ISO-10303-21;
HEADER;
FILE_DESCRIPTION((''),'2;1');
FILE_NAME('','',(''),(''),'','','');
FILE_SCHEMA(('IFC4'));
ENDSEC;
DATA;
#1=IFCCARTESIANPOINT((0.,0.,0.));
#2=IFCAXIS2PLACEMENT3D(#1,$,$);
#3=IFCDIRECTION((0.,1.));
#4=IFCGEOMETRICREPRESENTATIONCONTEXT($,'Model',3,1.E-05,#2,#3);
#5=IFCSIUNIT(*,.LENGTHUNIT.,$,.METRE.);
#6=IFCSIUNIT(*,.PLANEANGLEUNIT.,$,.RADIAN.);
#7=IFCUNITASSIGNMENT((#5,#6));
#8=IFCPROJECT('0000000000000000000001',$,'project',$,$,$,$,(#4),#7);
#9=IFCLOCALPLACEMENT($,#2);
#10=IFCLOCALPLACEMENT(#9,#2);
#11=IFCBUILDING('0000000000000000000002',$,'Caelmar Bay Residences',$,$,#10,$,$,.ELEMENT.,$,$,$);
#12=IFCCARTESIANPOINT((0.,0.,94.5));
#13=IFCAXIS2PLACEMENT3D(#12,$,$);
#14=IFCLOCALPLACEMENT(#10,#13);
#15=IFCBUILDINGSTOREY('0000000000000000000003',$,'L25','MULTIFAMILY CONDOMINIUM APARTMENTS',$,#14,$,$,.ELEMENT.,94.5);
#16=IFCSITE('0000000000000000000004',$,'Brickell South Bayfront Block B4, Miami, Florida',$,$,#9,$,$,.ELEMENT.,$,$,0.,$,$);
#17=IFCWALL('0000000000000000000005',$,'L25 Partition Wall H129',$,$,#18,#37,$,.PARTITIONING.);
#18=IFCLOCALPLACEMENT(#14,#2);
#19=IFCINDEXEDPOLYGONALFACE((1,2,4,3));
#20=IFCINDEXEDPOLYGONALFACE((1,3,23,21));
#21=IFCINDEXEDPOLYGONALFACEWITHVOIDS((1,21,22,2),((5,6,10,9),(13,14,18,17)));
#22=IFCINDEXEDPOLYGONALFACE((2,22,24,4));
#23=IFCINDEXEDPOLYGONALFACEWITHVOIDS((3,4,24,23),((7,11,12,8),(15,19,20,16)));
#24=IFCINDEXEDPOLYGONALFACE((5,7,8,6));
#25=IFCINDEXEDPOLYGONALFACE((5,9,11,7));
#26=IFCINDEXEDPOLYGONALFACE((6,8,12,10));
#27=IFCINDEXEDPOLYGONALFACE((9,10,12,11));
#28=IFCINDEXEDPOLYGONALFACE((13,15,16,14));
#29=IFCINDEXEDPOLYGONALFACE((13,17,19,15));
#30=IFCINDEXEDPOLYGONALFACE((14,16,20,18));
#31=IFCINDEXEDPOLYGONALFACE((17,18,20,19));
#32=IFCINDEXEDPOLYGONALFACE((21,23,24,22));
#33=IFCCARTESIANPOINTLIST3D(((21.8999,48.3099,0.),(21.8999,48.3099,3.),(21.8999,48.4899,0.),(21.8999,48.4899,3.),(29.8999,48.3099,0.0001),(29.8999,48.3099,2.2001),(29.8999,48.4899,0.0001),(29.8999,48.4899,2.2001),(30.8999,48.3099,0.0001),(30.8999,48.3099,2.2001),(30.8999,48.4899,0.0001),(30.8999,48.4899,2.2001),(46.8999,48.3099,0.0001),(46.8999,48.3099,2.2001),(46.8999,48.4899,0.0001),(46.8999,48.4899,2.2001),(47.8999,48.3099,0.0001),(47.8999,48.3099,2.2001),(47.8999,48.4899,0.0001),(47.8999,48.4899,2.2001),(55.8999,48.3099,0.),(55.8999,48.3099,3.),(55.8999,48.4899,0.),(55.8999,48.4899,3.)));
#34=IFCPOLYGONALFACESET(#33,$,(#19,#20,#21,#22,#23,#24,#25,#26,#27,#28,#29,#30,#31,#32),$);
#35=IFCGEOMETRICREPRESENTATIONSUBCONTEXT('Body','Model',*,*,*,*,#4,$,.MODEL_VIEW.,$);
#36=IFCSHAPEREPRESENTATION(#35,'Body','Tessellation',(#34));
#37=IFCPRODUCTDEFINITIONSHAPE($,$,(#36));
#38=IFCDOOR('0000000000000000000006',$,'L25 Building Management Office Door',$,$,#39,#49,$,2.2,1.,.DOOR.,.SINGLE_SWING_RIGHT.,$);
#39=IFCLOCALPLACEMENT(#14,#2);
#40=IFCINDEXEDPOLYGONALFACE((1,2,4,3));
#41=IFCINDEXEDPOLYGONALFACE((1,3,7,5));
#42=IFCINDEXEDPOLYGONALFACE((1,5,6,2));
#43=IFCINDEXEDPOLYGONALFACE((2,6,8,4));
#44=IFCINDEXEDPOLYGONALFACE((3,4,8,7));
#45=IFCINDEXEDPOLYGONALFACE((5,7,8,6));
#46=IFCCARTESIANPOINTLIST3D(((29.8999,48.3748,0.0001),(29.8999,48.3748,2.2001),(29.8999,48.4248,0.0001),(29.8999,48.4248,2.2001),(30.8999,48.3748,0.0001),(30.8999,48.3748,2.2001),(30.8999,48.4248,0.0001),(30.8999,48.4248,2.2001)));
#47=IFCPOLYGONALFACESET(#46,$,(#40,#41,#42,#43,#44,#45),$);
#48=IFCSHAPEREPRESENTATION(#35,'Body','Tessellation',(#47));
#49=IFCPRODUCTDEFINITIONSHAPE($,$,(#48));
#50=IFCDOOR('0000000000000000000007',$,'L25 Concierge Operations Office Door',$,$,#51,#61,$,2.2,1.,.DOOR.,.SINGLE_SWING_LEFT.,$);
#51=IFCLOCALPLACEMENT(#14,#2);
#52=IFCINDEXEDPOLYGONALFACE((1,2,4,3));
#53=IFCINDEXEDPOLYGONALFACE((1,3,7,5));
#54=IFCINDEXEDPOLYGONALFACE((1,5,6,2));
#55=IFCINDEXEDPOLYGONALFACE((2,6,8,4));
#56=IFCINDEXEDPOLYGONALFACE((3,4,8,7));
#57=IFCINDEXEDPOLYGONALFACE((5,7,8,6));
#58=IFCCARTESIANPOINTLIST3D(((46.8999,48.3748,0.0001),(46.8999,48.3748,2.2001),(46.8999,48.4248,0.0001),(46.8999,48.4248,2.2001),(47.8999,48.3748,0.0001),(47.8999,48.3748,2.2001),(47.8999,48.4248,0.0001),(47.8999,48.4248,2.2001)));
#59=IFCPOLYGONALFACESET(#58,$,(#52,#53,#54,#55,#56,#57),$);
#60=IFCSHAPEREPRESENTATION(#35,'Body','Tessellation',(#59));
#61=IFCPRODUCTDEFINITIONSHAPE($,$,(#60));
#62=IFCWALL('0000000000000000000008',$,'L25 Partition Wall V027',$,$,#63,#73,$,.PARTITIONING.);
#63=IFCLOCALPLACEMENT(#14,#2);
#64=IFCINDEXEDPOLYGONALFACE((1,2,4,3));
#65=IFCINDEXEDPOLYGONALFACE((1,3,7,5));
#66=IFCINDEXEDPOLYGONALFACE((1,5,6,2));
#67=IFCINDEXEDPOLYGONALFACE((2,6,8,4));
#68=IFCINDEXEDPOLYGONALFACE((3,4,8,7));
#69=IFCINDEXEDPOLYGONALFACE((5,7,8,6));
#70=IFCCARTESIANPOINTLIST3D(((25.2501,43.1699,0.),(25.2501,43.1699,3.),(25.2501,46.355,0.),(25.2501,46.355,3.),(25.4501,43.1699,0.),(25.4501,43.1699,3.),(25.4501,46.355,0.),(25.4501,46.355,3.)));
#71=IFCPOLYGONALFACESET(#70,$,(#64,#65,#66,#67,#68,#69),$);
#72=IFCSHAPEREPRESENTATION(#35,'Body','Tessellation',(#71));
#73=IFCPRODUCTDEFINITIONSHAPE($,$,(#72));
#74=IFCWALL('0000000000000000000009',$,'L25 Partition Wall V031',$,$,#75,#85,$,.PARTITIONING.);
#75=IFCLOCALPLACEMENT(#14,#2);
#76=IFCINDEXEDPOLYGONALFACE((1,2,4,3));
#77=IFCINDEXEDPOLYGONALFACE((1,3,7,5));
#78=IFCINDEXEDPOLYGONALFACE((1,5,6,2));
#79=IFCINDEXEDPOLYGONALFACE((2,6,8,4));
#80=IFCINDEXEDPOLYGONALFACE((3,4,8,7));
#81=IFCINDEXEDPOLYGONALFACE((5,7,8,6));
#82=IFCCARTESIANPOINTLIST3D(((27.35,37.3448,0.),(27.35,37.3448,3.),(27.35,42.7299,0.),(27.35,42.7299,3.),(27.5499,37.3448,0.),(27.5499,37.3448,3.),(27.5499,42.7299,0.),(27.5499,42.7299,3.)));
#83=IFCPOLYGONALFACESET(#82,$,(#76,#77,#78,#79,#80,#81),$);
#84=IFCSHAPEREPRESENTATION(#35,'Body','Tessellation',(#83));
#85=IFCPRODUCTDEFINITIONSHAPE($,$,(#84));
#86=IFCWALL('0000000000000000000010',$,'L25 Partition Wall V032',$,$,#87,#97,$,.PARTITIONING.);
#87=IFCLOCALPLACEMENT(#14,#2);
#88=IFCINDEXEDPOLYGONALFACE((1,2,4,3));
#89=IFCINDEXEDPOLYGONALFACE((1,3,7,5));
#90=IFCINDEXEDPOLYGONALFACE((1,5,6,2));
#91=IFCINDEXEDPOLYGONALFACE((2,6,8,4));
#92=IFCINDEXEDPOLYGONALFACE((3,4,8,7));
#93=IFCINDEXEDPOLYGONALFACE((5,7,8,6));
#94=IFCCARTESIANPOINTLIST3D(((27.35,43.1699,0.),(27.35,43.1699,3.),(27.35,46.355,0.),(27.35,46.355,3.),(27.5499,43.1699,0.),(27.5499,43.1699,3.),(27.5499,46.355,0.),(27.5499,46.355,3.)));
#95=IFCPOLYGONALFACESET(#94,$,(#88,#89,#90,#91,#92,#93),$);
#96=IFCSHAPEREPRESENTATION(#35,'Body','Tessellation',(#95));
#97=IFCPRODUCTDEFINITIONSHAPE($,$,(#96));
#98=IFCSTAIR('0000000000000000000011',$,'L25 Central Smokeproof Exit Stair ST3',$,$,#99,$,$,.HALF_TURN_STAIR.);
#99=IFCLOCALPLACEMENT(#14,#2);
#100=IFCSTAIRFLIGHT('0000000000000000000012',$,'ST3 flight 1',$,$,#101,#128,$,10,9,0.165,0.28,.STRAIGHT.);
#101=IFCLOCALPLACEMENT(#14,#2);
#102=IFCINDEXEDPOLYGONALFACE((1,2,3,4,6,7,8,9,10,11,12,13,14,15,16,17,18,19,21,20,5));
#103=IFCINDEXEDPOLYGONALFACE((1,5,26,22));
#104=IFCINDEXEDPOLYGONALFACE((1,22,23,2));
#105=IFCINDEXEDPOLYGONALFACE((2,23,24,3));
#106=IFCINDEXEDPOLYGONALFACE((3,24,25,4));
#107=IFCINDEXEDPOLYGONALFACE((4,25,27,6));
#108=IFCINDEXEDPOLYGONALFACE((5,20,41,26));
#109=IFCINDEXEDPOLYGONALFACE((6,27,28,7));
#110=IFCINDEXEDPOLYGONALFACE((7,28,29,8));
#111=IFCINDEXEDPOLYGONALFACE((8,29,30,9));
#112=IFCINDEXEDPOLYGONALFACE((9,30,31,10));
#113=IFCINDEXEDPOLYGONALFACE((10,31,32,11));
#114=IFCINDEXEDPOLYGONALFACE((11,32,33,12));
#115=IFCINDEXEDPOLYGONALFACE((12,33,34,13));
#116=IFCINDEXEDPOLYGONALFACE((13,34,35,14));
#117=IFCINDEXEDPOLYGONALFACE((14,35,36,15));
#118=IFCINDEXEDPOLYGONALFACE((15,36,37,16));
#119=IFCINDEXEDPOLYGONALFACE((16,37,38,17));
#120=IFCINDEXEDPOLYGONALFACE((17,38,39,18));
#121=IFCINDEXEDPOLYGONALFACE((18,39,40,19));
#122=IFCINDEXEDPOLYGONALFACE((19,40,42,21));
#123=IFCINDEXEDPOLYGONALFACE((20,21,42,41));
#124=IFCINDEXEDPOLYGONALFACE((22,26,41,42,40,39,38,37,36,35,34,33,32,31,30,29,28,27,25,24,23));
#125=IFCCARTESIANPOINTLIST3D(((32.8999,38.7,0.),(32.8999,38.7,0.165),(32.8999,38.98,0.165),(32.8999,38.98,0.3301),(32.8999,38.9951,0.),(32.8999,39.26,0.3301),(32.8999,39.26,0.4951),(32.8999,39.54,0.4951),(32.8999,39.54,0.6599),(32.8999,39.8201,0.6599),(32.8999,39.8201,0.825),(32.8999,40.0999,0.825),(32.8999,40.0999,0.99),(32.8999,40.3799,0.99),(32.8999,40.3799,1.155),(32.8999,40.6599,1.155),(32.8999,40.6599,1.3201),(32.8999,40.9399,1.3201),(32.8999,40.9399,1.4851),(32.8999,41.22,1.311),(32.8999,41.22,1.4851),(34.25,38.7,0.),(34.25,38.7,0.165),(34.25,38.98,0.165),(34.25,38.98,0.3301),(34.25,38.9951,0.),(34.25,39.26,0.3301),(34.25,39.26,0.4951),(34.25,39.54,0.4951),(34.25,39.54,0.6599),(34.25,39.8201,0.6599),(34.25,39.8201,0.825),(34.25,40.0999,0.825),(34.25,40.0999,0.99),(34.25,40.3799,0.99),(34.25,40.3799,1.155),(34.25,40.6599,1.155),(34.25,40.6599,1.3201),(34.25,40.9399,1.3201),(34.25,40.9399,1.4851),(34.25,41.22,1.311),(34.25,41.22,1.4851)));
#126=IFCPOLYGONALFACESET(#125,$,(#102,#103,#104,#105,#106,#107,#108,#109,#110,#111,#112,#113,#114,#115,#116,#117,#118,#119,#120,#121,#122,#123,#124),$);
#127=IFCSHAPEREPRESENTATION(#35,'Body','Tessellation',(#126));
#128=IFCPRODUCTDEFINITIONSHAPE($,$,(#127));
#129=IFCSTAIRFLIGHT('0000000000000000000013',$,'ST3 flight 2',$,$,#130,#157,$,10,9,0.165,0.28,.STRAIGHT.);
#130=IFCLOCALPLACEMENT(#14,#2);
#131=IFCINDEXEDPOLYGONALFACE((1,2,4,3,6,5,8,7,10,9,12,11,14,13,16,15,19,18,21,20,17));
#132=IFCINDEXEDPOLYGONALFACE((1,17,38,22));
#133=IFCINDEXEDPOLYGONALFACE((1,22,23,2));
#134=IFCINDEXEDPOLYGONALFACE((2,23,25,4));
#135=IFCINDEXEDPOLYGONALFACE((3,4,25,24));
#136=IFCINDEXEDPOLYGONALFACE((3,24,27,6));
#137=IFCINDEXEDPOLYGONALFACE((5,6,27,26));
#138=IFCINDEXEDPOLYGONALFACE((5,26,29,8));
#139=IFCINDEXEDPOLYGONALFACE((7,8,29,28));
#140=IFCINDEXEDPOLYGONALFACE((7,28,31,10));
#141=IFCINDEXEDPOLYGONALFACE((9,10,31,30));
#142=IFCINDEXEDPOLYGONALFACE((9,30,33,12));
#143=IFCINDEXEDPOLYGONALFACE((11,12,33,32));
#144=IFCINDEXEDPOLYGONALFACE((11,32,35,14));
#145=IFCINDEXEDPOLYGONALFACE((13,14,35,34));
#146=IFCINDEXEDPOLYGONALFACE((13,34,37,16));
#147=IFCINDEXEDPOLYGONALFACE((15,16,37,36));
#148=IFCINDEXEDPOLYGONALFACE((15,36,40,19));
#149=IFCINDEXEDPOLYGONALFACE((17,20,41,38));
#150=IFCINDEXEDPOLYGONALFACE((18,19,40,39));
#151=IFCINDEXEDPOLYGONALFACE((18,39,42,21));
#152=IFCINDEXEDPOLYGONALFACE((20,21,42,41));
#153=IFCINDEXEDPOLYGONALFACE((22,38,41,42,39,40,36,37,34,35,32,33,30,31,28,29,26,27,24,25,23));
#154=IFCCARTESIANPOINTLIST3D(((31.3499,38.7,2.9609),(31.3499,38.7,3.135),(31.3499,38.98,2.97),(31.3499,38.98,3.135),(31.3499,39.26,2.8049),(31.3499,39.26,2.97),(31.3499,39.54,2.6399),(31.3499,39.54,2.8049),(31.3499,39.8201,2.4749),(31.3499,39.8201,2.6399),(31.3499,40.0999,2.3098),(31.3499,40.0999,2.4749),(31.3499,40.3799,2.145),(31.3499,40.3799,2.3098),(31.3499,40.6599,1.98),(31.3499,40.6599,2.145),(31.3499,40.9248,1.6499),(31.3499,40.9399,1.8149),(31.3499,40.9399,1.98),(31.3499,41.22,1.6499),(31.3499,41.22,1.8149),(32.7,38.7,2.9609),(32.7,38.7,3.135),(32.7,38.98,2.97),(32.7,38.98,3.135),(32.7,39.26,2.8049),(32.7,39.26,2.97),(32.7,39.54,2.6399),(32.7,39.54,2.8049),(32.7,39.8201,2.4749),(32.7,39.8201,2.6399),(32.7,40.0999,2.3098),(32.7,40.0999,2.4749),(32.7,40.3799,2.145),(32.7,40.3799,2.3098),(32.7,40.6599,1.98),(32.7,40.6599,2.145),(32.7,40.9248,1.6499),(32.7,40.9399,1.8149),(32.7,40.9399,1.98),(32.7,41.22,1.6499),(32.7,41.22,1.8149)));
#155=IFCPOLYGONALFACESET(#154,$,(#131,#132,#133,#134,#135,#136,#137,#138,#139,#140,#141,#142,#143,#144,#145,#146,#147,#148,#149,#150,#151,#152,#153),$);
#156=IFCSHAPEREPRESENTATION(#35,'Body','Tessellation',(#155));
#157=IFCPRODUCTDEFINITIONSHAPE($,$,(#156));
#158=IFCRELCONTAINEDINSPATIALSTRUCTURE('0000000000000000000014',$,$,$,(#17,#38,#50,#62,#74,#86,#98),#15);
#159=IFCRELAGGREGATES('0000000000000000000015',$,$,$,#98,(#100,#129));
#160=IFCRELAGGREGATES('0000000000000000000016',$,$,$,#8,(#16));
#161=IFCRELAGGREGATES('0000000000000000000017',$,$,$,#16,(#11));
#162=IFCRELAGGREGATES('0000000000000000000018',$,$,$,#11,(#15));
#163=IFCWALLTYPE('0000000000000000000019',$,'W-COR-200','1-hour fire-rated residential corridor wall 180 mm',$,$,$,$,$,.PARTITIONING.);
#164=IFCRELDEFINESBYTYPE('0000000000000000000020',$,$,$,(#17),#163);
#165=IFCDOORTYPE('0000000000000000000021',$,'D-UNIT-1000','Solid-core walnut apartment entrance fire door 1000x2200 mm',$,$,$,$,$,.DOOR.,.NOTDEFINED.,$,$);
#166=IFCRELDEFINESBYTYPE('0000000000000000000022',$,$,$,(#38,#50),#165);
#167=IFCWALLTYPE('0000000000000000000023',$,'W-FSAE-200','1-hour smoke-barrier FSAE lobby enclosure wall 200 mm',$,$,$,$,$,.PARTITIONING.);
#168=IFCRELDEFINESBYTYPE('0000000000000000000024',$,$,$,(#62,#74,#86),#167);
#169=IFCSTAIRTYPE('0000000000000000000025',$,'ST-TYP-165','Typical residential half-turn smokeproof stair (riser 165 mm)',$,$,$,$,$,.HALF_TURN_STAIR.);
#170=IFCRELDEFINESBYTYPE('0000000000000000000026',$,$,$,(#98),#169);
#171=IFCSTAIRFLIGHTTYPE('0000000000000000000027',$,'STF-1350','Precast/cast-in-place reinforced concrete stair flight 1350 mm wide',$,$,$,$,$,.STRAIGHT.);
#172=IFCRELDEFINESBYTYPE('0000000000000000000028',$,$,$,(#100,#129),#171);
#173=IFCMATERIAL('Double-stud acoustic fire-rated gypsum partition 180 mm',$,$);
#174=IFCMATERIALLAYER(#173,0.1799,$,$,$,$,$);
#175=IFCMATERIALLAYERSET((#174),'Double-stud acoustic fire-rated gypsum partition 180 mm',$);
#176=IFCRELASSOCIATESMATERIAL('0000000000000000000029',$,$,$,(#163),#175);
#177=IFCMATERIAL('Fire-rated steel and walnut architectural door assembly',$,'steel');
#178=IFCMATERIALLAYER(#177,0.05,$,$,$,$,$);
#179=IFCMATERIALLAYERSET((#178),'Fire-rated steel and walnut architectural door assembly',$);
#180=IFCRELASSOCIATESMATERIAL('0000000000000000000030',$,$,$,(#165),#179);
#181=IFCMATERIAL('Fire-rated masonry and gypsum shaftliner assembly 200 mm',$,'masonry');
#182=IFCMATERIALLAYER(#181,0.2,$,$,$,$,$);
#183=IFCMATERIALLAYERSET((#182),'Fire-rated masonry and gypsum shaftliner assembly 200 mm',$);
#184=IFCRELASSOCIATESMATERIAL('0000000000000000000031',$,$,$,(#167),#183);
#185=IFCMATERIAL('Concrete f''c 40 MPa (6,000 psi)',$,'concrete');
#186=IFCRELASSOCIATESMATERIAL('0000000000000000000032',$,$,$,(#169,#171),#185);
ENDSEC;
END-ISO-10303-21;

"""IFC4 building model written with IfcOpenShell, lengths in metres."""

from ifc_helpers import new_model, si_unit, direction, frame, frame_2d, origin, place, context, subcontext, project, spatial, polyline, rectangle, outline, extrude, material, layer, layer_set, type_object, element, fill, aggregate, save


model = new_model("IFC4")

# Units and contexts
model_context = context("Model", 3, precision=1e-05, world=origin(), true_north=direction((0.0, 1.0)))
body_context = subcontext(model_context, "Body", "Model", "MODEL_VIEW")
ifc_project = project(units=[si_unit("LENGTHUNIT", "METRE"), si_unit("PLANEANGLEUNIT", "RADIAN")], contexts=[model_context])

# Site, building, storey
site_placement = place(None, origin())
site = spatial("IfcSite", under=ifc_project, at=site_placement, Name="Brickell South Bayfront Block B4, Miami, Florida", CompositionType="ELEMENT", RefElevation=0.0)
building_placement = place(site_placement, origin())
building = spatial("IfcBuilding", under=site, at=building_placement, Name="Caelmar Bay Residences", CompositionType="ELEMENT")
storey_placement = place(building_placement, frame((0.0, 0.0, 94.5)))
storey = spatial("IfcBuildingStorey", under=building, at=storey_placement, Name="L25", Description="MULTIFAMILY CONDOMINIUM APARTMENTS", CompositionType="ELEMENT", Elevation=94.5)

# Wall, openings, doors
ifc_material_1 = material(Name="Fire-rated steel and walnut architectural door assembly", Category="steel")
ifc_material_2 = material(Name="Double-stud acoustic fire-rated gypsum partition 180 mm")
ifc_layer_1 = layer(ifc_material_2, 0.1799)
ifc_layer_set_1 = layer_set([ifc_layer_1], Name="Double-stud acoustic fire-rated gypsum partition 180 mm")
wall_type_1 = type_object("IfcWallType", Name="W-COR-200", Description="1-hour fire-rated residential corridor wall 180 mm", PredefinedType="PARTITIONING", material=ifc_layer_set_1)
wall_1_placement = place(storey_placement, frame((21.8999, 48.3999, 0.0), z_axis=(0.0, 0.0, 1.0), x_axis=(1.0, 0.0, 0.0)))
wall_1 = element("IfcWall", 1, at=wall_1_placement, inside=storey, type_object=wall_type_1, Name="L25 Partition Wall H129", PredefinedType="PARTITIONING", context=body_context, shape_type="SweptSolid", body=[
    extrude(rectangle(XDim=34.0, YDim=0.1799, at=frame_2d((17.0, 0.0))), origin(), (0.0, 0.0, 1.0), 3.0),
])
opening_1_placement = place(wall_1_placement, frame((8.0, 0.0, 0.0)))
opening_1 = element("IfcOpeningElement", 2, at=opening_1_placement, cuts=wall_1, PredefinedType="OPENING", context=body_context, shape_type="SweptSolid", body=[
    extrude(rectangle(XDim=1.0, YDim=2.2, at=frame_2d((0.5, 1.1001))), frame((0.0, 0.0999, 0.0), z_axis=(0.0, -1.0, 0.0), x_axis=(1.0, 0.0, 0.0)), (0.0, 0.0, 1.0), 0.2),
])
opening_2_placement = place(wall_1_placement, frame((25.0, 0.0, 0.0)))
opening_2 = element("IfcOpeningElement", 3, at=opening_2_placement, cuts=wall_1, PredefinedType="OPENING", context=body_context, shape_type="SweptSolid", body=[
    extrude(rectangle(XDim=1.0, YDim=2.2, at=frame_2d((0.5, 1.1001))), frame((0.0, 0.0999, 0.0), z_axis=(0.0, -1.0, 0.0), x_axis=(1.0, 0.0, 0.0)), (0.0, 0.0, 1.0), 0.2),
])
ifc_layer_2 = layer(ifc_material_1, 0.05)
ifc_layer_set_2 = layer_set([ifc_layer_2], Name="Fire-rated steel and walnut architectural door assembly")
door_type_1 = type_object("IfcDoorType", Name="D-UNIT-1000", Description="Solid-core walnut apartment entrance fire door 1000x2200 mm", OperationType="NOTDEFINED", PredefinedType="DOOR", material=ifc_layer_set_2)
door_1_placement = place(opening_1_placement, origin())
door_1 = element("IfcDoor", 4, at=door_1_placement, inside=storey, type_object=door_type_1, Name="L25 Building Management Office Door", OperationType="SINGLE_SWING_RIGHT", OverallHeight=2.2, OverallWidth=1.0, PredefinedType="DOOR", context=body_context, shape_type="SweptSolid", body=[
    extrude(rectangle(XDim=1.0, YDim=2.2, at=frame_2d((0.5, 1.1001))), frame((0.0, 0.0249, 0.0), z_axis=(0.0, -1.0, 0.0), x_axis=(1.0, 0.0, 0.0)), (0.0, 0.0, 1.0), 0.05),
])
fill(opening_1, door_1)
door_2_placement = place(opening_2_placement, origin())
door_2 = element("IfcDoor", 5, at=door_2_placement, inside=storey, type_object=door_type_1, Name="L25 Concierge Operations Office Door", OperationType="SINGLE_SWING_LEFT", OverallHeight=2.2, OverallWidth=1.0, PredefinedType="DOOR", context=body_context, shape_type="SweptSolid", body=[
    extrude(rectangle(XDim=1.0, YDim=2.2, at=frame_2d((0.5, 1.1001))), frame((0.0, 0.0249, 0.0), z_axis=(0.0, -1.0, 0.0), x_axis=(1.0, 0.0, 0.0)), (0.0, 0.0, 1.0), 0.05),
])
fill(opening_2, door_2)

# Walls
ifc_material_3 = material(Name="Fire-rated masonry and gypsum shaftliner assembly 200 mm", Category="masonry")
ifc_layer_3 = layer(ifc_material_3, 0.2)
ifc_layer_set_3 = layer_set([ifc_layer_3], Name="Fire-rated masonry and gypsum shaftliner assembly 200 mm")
wall_type_2 = type_object("IfcWallType", Name="W-FSAE-200", Description="1-hour smoke-barrier FSAE lobby enclosure wall 200 mm", PredefinedType="PARTITIONING", material=ifc_layer_set_3)
wall_2_placement = place(storey_placement, frame((25.3501, 43.1699, 0.0), z_axis=(0.0, 0.0, 1.0), x_axis=(0.0, 1.0, 0.0)))
element("IfcWall", 6, at=wall_2_placement, inside=storey, type_object=wall_type_2, Name="L25 Partition Wall V027", PredefinedType="PARTITIONING", context=body_context, shape_type="SweptSolid", body=[
    extrude(rectangle(XDim=3.1851, YDim=0.2, at=frame_2d((1.5925, 0.0))), origin(), (0.0, 0.0, 1.0), 3.0),
])
wall_3_placement = place(storey_placement, frame((27.45, 37.345, 0.0), z_axis=(0.0, 0.0, 1.0), x_axis=(0.0, 1.0, 0.0)))
element("IfcWall", 7, at=wall_3_placement, inside=storey, type_object=wall_type_2, Name="L25 Partition Wall V031", PredefinedType="PARTITIONING", context=body_context, shape_type="SweptSolid", body=[
    extrude(rectangle(XDim=5.385, YDim=0.2, at=frame_2d((2.6924, 0.0))), origin(), (0.0, 0.0, 1.0), 3.0),
])
wall_4_placement = place(storey_placement, frame((27.45, 43.1699, 0.0), z_axis=(0.0, 0.0, 1.0), x_axis=(0.0, 1.0, 0.0)))
element("IfcWall", 8, at=wall_4_placement, inside=storey, type_object=wall_type_2, Name="L25 Partition Wall V032", PredefinedType="PARTITIONING", context=body_context, shape_type="SweptSolid", body=[
    extrude(rectangle(XDim=3.1851, YDim=0.2, at=frame_2d((1.5925, 0.0))), origin(), (0.0, 0.0, 1.0), 3.0),
])

# Stair, stair flights
ifc_material_4 = material(Name="Concrete f'c 40 MPa (6,000 psi)", Category="concrete")
stair_type = type_object("IfcStairType", Name="ST-TYP-165", Description="Typical residential half-turn smokeproof stair (riser 165 mm)", PredefinedType="HALF_TURN_STAIR", material=ifc_material_4)
stair_placement = place(storey_placement, origin())
stair = element("IfcStair", 9, at=stair_placement, inside=storey, type_object=stair_type, Name="L25 Central Smokeproof Exit Stair ST3", PredefinedType="HALF_TURN_STAIR")
stair_flight_type = type_object("IfcStairFlightType", Name="STF-1350", Description="Precast/cast-in-place reinforced concrete stair flight 1350 mm wide", PredefinedType="STRAIGHT", material=ifc_material_4)
stair_flight_1_placement = place(storey_placement, frame((33.575, 38.7, 0.0), z_axis=(0.0, 0.0, 1.0), x_axis=(0.0, 1.0, 0.0)))
stair_flight_1 = element("IfcStairFlight", 10, at=stair_flight_1_placement, type_object=stair_flight_type, Name="ST3 flight 1", NumberOfRisers=10, NumberOfTreads=9, PredefinedType="STRAIGHT", RiserHeight=0.165, TreadLength=0.28, context=body_context, shape_type="SweptSolid", body=[
    extrude(outline(polyline([(0.0, 0.0), (0.0, 0.165), (0.28, 0.165), (0.28, 0.3301), (0.5601, 0.3301), (0.5601, 0.4951), (0.8401, 0.4951), (0.8401, 0.6599), (1.1201, 0.6599), (1.1201, 0.825), (1.3999, 0.825), (1.3999, 0.99), (1.6799, 0.99), (1.6799, 1.155), (1.96, 1.155), (1.96, 1.3201), (2.24, 1.3201), (2.24, 1.4851), (2.52, 1.4851), (2.52, 1.6499), (2.52, 1.311), (0.2952, 0.0), (0.0, 0.0)])), frame((0.0, 0.675, 0.0), z_axis=(0.0, -1.0, 0.0), x_axis=(1.0, 0.0, 0.0)), (0.0, 0.0, 1.0), 1.3501),
])
stair_flight_2_placement = place(storey_placement, frame((32.0249, 41.22, 1.6499), z_axis=(0.0, 0.0, 1.0), x_axis=(0.0, -1.0, 0.0)))
stair_flight_2 = element("IfcStairFlight", 11, at=stair_flight_2_placement, type_object=stair_flight_type, Name="ST3 flight 2", NumberOfRisers=10, NumberOfTreads=9, PredefinedType="STRAIGHT", RiserHeight=0.165, TreadLength=0.28, context=body_context, shape_type="SweptSolid", body=[
    extrude(outline(polyline([(0.0, 0.0), (0.0, 0.165), (0.28, 0.165), (0.28, 0.3301), (0.5601, 0.3301), (0.5601, 0.4951), (0.8401, 0.4951), (0.8401, 0.6599), (1.1201, 0.6599), (1.1201, 0.825), (1.3999, 0.825), (1.3999, 0.99), (1.6799, 0.99), (1.6799, 1.155), (1.96, 1.155), (1.96, 1.3201), (2.24, 1.3201), (2.24, 1.4851), (2.52, 1.4851), (2.52, 1.6499), (2.52, 1.311), (0.2952, 0.0), (0.0, 0.0)])), frame((0.0, 0.675, 0.0), z_axis=(0.0, -1.0, 0.0), x_axis=(1.0, 0.0, 0.0)), (0.0, 0.0, 1.0), 1.3501),
])
aggregate(stair, [stair_flight_1, stair_flight_2])

save(model, "model.ifc")
